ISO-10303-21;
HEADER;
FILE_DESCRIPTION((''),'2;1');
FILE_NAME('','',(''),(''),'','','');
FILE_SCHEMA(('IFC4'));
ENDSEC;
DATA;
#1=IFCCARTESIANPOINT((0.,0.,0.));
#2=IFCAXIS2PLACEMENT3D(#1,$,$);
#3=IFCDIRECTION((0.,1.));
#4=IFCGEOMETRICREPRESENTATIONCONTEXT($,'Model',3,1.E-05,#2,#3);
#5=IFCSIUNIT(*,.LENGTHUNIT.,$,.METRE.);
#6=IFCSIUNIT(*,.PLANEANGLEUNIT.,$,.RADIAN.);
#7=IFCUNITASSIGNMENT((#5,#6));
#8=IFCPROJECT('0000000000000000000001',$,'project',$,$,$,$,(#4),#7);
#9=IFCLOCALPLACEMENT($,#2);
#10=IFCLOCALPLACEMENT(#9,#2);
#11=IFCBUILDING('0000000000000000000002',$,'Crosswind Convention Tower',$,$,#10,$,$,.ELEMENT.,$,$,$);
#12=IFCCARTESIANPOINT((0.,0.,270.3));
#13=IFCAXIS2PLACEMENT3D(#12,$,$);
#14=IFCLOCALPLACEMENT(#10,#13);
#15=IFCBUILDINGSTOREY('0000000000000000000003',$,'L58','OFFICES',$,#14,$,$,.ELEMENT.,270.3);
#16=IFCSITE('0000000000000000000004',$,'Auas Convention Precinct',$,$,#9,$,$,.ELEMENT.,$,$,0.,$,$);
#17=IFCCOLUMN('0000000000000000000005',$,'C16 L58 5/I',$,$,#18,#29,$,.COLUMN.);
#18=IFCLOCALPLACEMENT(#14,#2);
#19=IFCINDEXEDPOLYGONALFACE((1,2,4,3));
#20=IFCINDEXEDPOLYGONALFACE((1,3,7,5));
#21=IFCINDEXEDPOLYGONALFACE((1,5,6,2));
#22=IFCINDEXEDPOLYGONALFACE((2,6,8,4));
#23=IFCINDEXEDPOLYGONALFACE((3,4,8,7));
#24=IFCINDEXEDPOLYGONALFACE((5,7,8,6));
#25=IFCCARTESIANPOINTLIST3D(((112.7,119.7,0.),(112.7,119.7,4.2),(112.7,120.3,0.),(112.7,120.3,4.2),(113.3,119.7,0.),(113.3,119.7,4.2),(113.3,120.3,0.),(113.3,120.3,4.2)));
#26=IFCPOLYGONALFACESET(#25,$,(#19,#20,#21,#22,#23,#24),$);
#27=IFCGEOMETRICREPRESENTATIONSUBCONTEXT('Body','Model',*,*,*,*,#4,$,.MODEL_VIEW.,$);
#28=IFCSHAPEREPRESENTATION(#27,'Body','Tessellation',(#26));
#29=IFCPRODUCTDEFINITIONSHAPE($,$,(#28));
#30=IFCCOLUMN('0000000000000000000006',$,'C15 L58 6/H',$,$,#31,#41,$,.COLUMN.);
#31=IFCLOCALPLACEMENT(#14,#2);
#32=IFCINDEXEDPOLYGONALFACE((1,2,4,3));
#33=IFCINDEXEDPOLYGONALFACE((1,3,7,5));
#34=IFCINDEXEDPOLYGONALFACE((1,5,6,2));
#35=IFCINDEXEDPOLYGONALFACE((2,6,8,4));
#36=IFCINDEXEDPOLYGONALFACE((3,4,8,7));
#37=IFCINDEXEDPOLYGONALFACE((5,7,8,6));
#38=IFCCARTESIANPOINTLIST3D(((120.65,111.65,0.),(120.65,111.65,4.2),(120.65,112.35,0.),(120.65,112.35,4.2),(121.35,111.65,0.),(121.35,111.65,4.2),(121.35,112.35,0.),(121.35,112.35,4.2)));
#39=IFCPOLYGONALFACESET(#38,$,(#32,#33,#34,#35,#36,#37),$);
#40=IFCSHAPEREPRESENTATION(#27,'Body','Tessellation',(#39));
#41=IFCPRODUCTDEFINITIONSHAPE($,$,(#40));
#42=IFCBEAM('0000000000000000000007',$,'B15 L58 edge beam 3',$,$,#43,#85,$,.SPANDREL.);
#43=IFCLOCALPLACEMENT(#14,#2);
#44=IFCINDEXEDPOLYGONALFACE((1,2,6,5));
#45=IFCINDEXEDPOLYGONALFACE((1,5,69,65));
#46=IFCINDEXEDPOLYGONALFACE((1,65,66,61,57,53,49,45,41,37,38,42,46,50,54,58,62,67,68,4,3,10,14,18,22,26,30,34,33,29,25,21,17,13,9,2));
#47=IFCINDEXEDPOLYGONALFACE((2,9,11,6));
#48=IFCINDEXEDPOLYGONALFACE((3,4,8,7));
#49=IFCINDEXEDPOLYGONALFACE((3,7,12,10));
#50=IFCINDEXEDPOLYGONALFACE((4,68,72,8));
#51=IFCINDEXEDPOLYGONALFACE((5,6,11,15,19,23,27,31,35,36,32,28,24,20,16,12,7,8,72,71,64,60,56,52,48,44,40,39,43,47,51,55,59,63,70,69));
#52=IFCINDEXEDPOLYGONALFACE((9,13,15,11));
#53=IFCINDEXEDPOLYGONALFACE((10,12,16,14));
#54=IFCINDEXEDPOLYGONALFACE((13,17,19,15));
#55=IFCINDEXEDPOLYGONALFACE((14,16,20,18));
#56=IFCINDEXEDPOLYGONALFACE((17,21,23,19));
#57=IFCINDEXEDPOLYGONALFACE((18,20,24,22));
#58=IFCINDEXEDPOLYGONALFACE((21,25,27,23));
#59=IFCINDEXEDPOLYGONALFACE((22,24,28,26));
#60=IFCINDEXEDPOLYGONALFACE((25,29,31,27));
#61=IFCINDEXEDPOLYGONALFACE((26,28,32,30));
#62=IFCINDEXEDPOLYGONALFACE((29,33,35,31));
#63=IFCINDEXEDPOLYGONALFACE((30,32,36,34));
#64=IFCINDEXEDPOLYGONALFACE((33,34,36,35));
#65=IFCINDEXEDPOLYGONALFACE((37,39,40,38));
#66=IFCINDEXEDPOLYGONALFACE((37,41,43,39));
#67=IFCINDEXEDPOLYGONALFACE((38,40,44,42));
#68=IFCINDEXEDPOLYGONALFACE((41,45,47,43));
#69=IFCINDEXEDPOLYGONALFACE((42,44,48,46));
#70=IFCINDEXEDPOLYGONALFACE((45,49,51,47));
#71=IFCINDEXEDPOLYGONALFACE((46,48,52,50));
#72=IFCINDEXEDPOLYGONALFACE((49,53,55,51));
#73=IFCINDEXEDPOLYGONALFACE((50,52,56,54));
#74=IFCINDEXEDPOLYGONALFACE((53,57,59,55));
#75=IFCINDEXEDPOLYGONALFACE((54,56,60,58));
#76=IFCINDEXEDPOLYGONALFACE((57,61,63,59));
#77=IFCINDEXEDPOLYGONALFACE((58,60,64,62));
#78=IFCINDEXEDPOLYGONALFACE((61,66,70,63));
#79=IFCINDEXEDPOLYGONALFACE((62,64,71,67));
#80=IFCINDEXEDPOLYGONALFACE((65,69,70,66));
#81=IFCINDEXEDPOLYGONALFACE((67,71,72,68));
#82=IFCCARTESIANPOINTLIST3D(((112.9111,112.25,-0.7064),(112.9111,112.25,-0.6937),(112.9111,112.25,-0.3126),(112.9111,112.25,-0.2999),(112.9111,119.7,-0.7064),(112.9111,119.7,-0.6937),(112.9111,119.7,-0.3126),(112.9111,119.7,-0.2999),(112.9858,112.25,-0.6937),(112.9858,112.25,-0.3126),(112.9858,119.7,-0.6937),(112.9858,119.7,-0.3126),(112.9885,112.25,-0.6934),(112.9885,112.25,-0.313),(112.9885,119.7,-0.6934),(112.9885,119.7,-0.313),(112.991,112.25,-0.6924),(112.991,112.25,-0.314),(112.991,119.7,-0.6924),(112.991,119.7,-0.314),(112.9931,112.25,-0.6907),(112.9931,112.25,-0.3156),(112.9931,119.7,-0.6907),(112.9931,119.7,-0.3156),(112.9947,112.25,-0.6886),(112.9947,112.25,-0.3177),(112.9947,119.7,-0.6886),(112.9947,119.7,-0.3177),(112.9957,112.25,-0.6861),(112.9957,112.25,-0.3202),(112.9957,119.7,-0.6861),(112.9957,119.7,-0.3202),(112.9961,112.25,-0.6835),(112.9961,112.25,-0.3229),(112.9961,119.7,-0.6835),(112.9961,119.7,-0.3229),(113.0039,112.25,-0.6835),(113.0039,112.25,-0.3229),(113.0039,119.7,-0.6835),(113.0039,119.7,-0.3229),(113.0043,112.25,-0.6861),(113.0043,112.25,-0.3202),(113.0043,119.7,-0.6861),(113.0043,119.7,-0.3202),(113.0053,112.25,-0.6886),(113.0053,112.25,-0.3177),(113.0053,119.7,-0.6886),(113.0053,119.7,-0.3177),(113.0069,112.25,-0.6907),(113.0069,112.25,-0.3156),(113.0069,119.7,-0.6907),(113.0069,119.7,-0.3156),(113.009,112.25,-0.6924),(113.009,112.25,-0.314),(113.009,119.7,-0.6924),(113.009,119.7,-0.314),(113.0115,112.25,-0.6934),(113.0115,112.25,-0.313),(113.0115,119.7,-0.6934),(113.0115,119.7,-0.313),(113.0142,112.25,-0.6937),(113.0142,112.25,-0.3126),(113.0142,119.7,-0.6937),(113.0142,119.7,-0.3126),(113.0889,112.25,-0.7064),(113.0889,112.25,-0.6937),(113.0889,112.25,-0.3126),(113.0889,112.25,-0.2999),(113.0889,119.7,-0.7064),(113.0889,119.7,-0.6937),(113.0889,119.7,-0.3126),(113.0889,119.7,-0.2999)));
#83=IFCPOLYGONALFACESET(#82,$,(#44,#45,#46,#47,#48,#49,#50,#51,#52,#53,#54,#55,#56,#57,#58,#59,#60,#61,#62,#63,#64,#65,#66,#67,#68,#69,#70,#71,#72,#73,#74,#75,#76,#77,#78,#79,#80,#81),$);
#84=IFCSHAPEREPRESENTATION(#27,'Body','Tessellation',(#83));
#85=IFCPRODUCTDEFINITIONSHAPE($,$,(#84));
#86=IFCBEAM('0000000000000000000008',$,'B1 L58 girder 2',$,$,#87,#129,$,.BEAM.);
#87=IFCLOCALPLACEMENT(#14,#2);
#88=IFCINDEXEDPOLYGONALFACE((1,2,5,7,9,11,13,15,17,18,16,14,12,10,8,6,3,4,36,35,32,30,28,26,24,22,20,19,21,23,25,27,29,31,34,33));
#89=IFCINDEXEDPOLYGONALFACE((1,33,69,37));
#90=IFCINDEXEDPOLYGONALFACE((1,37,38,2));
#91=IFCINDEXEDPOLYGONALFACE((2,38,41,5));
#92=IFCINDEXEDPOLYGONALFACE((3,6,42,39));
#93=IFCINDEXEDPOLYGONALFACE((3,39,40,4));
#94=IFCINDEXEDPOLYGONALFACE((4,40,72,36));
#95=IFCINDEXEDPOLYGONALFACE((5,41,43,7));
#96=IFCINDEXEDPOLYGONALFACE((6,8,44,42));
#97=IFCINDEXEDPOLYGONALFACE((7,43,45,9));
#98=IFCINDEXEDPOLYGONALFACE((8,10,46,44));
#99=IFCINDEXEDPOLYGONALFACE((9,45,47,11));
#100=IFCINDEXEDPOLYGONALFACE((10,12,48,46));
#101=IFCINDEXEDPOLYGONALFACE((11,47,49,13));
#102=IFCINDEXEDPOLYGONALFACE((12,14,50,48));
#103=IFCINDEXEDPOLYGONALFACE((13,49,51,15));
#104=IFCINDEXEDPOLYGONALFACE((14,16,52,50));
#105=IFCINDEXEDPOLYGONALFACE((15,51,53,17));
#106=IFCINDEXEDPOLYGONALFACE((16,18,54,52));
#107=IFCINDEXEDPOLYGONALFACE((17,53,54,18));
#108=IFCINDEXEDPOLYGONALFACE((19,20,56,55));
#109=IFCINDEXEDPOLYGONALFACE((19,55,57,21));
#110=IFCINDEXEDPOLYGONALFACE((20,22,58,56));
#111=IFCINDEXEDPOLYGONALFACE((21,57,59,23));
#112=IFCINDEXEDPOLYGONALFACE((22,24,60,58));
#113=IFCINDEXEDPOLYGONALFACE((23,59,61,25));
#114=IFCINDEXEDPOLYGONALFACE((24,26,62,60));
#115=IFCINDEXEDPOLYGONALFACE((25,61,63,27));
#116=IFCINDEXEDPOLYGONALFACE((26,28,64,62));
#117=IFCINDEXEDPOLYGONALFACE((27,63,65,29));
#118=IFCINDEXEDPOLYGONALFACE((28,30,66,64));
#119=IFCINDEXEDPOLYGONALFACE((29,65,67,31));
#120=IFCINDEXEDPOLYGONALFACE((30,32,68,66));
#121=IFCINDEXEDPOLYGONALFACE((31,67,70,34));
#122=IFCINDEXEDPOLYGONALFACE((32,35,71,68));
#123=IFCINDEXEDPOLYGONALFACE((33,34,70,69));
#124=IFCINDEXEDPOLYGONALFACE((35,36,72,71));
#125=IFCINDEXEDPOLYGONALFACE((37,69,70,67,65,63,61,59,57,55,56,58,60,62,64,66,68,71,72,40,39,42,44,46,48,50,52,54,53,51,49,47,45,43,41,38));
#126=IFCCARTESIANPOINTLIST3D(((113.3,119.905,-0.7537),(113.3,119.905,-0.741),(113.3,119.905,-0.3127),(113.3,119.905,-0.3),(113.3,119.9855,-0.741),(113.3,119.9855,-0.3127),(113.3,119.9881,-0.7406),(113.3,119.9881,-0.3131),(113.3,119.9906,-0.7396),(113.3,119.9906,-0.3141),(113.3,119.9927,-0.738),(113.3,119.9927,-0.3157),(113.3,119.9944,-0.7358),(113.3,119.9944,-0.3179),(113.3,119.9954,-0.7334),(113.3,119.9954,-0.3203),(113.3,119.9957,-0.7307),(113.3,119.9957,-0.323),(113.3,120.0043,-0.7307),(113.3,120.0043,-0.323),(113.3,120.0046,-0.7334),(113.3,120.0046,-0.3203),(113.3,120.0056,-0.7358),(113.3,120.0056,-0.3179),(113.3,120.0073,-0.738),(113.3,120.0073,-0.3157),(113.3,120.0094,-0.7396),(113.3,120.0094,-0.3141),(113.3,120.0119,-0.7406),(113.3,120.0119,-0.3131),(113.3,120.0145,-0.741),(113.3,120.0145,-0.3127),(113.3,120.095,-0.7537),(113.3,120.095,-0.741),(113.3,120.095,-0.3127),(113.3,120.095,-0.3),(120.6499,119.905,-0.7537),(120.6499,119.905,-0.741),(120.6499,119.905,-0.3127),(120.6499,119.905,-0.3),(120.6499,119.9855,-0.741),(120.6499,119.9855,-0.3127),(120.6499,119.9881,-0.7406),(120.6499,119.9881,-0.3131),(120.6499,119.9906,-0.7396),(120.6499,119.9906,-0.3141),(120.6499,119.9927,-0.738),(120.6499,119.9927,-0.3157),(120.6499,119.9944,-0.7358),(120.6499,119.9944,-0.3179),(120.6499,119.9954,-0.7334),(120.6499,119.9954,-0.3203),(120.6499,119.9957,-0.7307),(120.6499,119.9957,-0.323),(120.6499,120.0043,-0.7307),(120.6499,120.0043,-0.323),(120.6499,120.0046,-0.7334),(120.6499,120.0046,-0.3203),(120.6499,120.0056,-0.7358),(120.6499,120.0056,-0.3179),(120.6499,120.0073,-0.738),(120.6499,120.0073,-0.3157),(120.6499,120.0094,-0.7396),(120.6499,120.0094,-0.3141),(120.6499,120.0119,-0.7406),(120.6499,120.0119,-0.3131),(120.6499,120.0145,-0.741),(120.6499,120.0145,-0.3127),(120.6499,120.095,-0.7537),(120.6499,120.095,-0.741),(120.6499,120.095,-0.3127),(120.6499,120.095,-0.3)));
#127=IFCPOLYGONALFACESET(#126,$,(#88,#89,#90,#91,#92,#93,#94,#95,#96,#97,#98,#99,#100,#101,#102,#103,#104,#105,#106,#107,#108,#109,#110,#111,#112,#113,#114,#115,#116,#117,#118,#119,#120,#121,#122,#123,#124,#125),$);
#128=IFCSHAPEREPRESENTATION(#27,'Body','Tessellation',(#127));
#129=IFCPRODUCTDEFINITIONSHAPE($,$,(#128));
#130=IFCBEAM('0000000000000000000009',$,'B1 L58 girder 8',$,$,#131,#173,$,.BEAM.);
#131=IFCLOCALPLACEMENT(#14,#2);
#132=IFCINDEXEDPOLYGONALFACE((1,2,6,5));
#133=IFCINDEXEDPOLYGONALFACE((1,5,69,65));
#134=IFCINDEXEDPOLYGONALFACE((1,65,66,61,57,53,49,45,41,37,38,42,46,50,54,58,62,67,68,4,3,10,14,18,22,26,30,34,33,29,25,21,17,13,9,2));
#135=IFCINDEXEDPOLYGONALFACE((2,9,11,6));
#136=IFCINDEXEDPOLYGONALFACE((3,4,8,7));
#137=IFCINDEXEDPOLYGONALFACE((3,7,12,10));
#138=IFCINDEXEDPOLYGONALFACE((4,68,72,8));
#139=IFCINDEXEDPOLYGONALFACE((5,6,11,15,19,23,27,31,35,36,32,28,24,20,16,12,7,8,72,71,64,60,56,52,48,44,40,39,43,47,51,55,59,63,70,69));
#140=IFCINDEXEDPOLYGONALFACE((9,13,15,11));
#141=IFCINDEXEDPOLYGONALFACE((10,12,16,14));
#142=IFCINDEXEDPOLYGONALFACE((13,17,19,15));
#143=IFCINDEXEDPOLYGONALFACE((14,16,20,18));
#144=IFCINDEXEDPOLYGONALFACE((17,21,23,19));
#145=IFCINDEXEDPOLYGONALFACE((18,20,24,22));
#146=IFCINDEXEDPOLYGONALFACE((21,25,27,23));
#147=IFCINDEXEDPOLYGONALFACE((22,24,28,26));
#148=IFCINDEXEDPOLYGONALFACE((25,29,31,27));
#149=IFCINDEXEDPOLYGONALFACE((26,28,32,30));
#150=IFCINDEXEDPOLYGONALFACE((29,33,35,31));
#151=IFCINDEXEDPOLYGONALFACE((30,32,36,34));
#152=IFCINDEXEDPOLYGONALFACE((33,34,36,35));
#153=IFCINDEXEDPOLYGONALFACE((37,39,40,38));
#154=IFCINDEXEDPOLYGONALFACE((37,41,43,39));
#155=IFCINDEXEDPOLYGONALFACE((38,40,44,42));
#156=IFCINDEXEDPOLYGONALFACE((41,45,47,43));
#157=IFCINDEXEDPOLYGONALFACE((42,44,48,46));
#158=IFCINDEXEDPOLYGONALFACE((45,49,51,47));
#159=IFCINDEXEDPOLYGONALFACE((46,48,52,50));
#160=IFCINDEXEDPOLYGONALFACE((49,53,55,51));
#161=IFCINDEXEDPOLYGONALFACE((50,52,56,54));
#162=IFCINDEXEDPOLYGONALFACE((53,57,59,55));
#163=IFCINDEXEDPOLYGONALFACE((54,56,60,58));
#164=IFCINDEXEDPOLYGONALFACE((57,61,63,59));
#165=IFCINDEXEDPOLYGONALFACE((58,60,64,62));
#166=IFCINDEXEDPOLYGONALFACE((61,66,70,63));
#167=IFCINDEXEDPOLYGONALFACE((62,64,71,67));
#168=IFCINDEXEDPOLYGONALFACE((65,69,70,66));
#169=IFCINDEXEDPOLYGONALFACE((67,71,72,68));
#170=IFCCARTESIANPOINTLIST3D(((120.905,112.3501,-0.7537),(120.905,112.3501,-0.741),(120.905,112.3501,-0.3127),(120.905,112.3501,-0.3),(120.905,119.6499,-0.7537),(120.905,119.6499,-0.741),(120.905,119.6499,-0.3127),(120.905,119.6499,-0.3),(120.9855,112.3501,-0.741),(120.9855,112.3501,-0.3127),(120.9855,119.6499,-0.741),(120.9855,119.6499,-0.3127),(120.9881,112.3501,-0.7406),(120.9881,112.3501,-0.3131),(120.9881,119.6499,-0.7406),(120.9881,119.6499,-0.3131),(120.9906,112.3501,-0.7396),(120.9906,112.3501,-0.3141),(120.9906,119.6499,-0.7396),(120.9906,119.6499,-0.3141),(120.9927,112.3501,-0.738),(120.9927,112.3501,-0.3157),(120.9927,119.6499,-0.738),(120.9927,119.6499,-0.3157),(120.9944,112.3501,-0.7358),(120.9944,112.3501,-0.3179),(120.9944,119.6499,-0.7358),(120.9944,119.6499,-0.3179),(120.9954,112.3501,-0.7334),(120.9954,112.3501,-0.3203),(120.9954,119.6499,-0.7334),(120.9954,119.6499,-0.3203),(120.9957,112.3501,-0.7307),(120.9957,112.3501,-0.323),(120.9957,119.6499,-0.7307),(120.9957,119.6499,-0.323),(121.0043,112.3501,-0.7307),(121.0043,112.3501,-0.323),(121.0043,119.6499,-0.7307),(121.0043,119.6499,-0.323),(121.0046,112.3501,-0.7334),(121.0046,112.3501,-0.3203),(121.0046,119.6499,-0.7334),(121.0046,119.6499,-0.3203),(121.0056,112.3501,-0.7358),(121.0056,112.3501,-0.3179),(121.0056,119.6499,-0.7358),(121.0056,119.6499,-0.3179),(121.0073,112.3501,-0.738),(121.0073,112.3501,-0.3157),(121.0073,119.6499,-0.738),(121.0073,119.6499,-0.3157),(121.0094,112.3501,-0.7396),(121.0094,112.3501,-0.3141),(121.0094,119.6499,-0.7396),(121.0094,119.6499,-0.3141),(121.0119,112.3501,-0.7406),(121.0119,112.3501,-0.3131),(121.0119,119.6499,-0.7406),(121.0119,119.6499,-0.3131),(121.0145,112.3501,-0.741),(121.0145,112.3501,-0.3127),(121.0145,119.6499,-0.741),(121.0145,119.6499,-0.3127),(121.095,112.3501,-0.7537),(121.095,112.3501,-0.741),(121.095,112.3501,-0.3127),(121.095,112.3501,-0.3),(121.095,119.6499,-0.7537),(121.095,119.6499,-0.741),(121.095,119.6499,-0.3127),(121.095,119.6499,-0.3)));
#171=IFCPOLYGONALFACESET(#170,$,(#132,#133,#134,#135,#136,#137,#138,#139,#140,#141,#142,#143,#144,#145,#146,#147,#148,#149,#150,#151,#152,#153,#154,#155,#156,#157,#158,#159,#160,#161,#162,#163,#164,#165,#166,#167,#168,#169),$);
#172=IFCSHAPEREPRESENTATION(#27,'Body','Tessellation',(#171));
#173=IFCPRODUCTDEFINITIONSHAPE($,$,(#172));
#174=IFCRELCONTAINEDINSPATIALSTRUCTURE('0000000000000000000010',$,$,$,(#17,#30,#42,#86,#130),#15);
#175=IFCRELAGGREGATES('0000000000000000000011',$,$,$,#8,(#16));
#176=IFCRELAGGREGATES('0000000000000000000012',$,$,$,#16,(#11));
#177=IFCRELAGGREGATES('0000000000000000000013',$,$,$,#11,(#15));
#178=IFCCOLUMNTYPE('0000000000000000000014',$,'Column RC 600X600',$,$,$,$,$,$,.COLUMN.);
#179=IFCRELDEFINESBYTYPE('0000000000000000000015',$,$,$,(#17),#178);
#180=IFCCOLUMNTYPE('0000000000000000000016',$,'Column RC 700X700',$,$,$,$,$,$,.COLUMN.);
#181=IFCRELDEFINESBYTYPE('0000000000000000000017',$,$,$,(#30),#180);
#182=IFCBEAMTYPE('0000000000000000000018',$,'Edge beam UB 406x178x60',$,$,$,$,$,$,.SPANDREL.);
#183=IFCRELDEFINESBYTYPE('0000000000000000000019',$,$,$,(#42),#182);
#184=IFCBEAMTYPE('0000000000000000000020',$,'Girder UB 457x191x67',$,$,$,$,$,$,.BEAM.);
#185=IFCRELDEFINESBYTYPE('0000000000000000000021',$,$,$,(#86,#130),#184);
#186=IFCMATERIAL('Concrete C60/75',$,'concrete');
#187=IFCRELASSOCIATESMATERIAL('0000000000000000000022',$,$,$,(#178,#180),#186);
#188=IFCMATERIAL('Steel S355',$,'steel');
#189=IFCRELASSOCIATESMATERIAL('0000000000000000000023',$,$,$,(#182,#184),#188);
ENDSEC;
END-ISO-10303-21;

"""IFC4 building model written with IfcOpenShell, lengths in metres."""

from ifc_helpers import new_model, si_unit, direction, frame, origin, origin_2d, place, context, subcontext, project, spatial, rectangle, i_section, extrude, material, material_profile, profile_set, type_object, element, save


model = new_model("IFC4")

# Units and contexts
model_context = context("Model", 3, precision=1e-05, world=origin(), true_north=direction((0.0, 1.0)))
body_context = subcontext(model_context, "Body", "Model", "MODEL_VIEW")
ifc_project = project(units=[si_unit("LENGTHUNIT", "METRE"), si_unit("PLANEANGLEUNIT", "RADIAN")], contexts=[model_context])

# Site, building, storey
site_placement = place(None, origin())
site = spatial("IfcSite", under=ifc_project, at=site_placement, Name="Auas Convention Precinct", CompositionType="ELEMENT", RefElevation=0.0)
building_placement = place(site_placement, origin())
building = spatial("IfcBuilding", under=site, at=building_placement, Name="Crosswind Convention Tower", CompositionType="ELEMENT")
storey_placement = place(building_placement, frame((0.0, 0.0, 270.3)))
storey = spatial("IfcBuildingStorey", under=building, at=storey_placement, Name="L58", Description="OFFICES", CompositionType="ELEMENT", Elevation=270.3)

# Columns
ifc_material_1 = material(Name="Concrete C60/75", Category="concrete")
ifc_material_profile_1 = material_profile(ifc_material_1, rectangle(XDim=0.6001, YDim=0.6001, at=origin_2d()), Name="RC 600X600")
ifc_profile_set_1 = profile_set([ifc_material_profile_1], Name="Concrete C60/75")
column_type_1 = type_object("IfcColumnType", Name="Column RC 600X600", PredefinedType="COLUMN", material=ifc_profile_set_1)
column_1_placement = place(storey_placement, frame((113.0, 120.0, 0.0), z_axis=(0.0, 0.0, 1.0), x_axis=(1.0, 0.0, 0.0)))
element("IfcColumn", 1, at=column_1_placement, inside=storey, type_object=column_type_1, Name="C16 L58 5/I", PredefinedType="COLUMN", context=body_context, shape_type="SweptSolid", body=[
    extrude(rectangle(XDim=0.6001, YDim=0.6001, at=origin_2d()), origin(), (0.0, 0.0, 1.0), 4.2),
])
ifc_material_profile_2 = material_profile(ifc_material_1, rectangle(XDim=0.7, YDim=0.7, at=origin_2d()), Name="RC 700X700")
ifc_profile_set_2 = profile_set([ifc_material_profile_2], Name="Concrete C60/75")
column_type_2 = type_object("IfcColumnType", Name="Column RC 700X700", PredefinedType="COLUMN", material=ifc_profile_set_2)
column_2_placement = place(storey_placement, frame((121.0, 112.0, 0.0), z_axis=(0.0, 0.0, 1.0), x_axis=(1.0, 0.0, 0.0)))
element("IfcColumn", 2, at=column_2_placement, inside=storey, type_object=column_type_2, Name="C15 L58 6/H", PredefinedType="COLUMN", context=body_context, shape_type="SweptSolid", body=[
    extrude(rectangle(XDim=0.7, YDim=0.7, at=origin_2d()), origin(), (0.0, 0.0, 1.0), 4.2),
])

# Beams
ifc_material_2 = material(Name="Steel S355", Category="steel")
ifc_material_profile_3 = material_profile(ifc_material_2, i_section(OverallWidth=0.1777, OverallDepth=0.4065, WebThickness=0.0078, FlangeThickness=0.0127, FilletRadius=0.0103, at=origin_2d()), Name="UB 406x178x60")
ifc_profile_set_3 = profile_set([ifc_material_profile_3], Name="Steel S355")
beam_type_1 = type_object("IfcBeamType", Name="Edge beam UB 406x178x60", PredefinedType="SPANDREL", material=ifc_profile_set_3)
beam_1_placement = place(storey_placement, frame((113.0, 112.25, -0.5032), z_axis=(0.0, 1.0, 0.0), x_axis=(-1.0, 0.0, 0.0)))
element("IfcBeam", 3, at=beam_1_placement, inside=storey, type_object=beam_type_1, Name="B15 L58 edge beam 3", PredefinedType="SPANDREL", context=body_context, shape_type="SweptSolid", body=[
    extrude(i_section(OverallWidth=0.1777, OverallDepth=0.4065, WebThickness=0.0078, FlangeThickness=0.0127, FilletRadius=0.0103, at=origin_2d()), origin(), (0.0, 0.0, 1.0), 7.45),
])
ifc_material_profile_4 = material_profile(ifc_material_2, i_section(OverallWidth=0.1899, OverallDepth=0.4536, WebThickness=0.0085, FlangeThickness=0.0127, FilletRadius=0.0103, at=origin_2d()), Name="UB 457x191x67")
ifc_profile_set_4 = profile_set([ifc_material_profile_4], Name="Steel S355")
beam_type_2 = type_object("IfcBeamType", Name="Girder UB 457x191x67", PredefinedType="BEAM", material=ifc_profile_set_4)
beam_2_placement = place(storey_placement, frame((113.3, 120.0, -0.5269), z_axis=(1.0, 0.0, 0.0), x_axis=(0.0, 1.0, 0.0)))
element("IfcBeam", 4, at=beam_2_placement, inside=storey, type_object=beam_type_2, Name="B1 L58 girder 2", PredefinedType="BEAM", context=body_context, shape_type="SweptSolid", body=[
    extrude(i_section(OverallWidth=0.1899, OverallDepth=0.4536, WebThickness=0.0085, FlangeThickness=0.0127, FilletRadius=0.0103, at=origin_2d()), origin(), (0.0, 0.0, 1.0), 7.3499),
])
beam_3_placement = place(storey_placement, frame((121.0, 112.3501, -0.5269), z_axis=(0.0, 1.0, 0.0), x_axis=(-1.0, 0.0, 0.0)))
element("IfcBeam", 5, at=beam_3_placement, inside=storey, type_object=beam_type_2, Name="B1 L58 girder 8", PredefinedType="BEAM", context=body_context, shape_type="SweptSolid", body=[
    extrude(i_section(OverallWidth=0.1899, OverallDepth=0.4536, WebThickness=0.0085, FlangeThickness=0.0127, FilletRadius=0.0103, at=origin_2d()), origin(), (0.0, 0.0, 1.0), 7.2998),
])

save(model, "model.ifc")
